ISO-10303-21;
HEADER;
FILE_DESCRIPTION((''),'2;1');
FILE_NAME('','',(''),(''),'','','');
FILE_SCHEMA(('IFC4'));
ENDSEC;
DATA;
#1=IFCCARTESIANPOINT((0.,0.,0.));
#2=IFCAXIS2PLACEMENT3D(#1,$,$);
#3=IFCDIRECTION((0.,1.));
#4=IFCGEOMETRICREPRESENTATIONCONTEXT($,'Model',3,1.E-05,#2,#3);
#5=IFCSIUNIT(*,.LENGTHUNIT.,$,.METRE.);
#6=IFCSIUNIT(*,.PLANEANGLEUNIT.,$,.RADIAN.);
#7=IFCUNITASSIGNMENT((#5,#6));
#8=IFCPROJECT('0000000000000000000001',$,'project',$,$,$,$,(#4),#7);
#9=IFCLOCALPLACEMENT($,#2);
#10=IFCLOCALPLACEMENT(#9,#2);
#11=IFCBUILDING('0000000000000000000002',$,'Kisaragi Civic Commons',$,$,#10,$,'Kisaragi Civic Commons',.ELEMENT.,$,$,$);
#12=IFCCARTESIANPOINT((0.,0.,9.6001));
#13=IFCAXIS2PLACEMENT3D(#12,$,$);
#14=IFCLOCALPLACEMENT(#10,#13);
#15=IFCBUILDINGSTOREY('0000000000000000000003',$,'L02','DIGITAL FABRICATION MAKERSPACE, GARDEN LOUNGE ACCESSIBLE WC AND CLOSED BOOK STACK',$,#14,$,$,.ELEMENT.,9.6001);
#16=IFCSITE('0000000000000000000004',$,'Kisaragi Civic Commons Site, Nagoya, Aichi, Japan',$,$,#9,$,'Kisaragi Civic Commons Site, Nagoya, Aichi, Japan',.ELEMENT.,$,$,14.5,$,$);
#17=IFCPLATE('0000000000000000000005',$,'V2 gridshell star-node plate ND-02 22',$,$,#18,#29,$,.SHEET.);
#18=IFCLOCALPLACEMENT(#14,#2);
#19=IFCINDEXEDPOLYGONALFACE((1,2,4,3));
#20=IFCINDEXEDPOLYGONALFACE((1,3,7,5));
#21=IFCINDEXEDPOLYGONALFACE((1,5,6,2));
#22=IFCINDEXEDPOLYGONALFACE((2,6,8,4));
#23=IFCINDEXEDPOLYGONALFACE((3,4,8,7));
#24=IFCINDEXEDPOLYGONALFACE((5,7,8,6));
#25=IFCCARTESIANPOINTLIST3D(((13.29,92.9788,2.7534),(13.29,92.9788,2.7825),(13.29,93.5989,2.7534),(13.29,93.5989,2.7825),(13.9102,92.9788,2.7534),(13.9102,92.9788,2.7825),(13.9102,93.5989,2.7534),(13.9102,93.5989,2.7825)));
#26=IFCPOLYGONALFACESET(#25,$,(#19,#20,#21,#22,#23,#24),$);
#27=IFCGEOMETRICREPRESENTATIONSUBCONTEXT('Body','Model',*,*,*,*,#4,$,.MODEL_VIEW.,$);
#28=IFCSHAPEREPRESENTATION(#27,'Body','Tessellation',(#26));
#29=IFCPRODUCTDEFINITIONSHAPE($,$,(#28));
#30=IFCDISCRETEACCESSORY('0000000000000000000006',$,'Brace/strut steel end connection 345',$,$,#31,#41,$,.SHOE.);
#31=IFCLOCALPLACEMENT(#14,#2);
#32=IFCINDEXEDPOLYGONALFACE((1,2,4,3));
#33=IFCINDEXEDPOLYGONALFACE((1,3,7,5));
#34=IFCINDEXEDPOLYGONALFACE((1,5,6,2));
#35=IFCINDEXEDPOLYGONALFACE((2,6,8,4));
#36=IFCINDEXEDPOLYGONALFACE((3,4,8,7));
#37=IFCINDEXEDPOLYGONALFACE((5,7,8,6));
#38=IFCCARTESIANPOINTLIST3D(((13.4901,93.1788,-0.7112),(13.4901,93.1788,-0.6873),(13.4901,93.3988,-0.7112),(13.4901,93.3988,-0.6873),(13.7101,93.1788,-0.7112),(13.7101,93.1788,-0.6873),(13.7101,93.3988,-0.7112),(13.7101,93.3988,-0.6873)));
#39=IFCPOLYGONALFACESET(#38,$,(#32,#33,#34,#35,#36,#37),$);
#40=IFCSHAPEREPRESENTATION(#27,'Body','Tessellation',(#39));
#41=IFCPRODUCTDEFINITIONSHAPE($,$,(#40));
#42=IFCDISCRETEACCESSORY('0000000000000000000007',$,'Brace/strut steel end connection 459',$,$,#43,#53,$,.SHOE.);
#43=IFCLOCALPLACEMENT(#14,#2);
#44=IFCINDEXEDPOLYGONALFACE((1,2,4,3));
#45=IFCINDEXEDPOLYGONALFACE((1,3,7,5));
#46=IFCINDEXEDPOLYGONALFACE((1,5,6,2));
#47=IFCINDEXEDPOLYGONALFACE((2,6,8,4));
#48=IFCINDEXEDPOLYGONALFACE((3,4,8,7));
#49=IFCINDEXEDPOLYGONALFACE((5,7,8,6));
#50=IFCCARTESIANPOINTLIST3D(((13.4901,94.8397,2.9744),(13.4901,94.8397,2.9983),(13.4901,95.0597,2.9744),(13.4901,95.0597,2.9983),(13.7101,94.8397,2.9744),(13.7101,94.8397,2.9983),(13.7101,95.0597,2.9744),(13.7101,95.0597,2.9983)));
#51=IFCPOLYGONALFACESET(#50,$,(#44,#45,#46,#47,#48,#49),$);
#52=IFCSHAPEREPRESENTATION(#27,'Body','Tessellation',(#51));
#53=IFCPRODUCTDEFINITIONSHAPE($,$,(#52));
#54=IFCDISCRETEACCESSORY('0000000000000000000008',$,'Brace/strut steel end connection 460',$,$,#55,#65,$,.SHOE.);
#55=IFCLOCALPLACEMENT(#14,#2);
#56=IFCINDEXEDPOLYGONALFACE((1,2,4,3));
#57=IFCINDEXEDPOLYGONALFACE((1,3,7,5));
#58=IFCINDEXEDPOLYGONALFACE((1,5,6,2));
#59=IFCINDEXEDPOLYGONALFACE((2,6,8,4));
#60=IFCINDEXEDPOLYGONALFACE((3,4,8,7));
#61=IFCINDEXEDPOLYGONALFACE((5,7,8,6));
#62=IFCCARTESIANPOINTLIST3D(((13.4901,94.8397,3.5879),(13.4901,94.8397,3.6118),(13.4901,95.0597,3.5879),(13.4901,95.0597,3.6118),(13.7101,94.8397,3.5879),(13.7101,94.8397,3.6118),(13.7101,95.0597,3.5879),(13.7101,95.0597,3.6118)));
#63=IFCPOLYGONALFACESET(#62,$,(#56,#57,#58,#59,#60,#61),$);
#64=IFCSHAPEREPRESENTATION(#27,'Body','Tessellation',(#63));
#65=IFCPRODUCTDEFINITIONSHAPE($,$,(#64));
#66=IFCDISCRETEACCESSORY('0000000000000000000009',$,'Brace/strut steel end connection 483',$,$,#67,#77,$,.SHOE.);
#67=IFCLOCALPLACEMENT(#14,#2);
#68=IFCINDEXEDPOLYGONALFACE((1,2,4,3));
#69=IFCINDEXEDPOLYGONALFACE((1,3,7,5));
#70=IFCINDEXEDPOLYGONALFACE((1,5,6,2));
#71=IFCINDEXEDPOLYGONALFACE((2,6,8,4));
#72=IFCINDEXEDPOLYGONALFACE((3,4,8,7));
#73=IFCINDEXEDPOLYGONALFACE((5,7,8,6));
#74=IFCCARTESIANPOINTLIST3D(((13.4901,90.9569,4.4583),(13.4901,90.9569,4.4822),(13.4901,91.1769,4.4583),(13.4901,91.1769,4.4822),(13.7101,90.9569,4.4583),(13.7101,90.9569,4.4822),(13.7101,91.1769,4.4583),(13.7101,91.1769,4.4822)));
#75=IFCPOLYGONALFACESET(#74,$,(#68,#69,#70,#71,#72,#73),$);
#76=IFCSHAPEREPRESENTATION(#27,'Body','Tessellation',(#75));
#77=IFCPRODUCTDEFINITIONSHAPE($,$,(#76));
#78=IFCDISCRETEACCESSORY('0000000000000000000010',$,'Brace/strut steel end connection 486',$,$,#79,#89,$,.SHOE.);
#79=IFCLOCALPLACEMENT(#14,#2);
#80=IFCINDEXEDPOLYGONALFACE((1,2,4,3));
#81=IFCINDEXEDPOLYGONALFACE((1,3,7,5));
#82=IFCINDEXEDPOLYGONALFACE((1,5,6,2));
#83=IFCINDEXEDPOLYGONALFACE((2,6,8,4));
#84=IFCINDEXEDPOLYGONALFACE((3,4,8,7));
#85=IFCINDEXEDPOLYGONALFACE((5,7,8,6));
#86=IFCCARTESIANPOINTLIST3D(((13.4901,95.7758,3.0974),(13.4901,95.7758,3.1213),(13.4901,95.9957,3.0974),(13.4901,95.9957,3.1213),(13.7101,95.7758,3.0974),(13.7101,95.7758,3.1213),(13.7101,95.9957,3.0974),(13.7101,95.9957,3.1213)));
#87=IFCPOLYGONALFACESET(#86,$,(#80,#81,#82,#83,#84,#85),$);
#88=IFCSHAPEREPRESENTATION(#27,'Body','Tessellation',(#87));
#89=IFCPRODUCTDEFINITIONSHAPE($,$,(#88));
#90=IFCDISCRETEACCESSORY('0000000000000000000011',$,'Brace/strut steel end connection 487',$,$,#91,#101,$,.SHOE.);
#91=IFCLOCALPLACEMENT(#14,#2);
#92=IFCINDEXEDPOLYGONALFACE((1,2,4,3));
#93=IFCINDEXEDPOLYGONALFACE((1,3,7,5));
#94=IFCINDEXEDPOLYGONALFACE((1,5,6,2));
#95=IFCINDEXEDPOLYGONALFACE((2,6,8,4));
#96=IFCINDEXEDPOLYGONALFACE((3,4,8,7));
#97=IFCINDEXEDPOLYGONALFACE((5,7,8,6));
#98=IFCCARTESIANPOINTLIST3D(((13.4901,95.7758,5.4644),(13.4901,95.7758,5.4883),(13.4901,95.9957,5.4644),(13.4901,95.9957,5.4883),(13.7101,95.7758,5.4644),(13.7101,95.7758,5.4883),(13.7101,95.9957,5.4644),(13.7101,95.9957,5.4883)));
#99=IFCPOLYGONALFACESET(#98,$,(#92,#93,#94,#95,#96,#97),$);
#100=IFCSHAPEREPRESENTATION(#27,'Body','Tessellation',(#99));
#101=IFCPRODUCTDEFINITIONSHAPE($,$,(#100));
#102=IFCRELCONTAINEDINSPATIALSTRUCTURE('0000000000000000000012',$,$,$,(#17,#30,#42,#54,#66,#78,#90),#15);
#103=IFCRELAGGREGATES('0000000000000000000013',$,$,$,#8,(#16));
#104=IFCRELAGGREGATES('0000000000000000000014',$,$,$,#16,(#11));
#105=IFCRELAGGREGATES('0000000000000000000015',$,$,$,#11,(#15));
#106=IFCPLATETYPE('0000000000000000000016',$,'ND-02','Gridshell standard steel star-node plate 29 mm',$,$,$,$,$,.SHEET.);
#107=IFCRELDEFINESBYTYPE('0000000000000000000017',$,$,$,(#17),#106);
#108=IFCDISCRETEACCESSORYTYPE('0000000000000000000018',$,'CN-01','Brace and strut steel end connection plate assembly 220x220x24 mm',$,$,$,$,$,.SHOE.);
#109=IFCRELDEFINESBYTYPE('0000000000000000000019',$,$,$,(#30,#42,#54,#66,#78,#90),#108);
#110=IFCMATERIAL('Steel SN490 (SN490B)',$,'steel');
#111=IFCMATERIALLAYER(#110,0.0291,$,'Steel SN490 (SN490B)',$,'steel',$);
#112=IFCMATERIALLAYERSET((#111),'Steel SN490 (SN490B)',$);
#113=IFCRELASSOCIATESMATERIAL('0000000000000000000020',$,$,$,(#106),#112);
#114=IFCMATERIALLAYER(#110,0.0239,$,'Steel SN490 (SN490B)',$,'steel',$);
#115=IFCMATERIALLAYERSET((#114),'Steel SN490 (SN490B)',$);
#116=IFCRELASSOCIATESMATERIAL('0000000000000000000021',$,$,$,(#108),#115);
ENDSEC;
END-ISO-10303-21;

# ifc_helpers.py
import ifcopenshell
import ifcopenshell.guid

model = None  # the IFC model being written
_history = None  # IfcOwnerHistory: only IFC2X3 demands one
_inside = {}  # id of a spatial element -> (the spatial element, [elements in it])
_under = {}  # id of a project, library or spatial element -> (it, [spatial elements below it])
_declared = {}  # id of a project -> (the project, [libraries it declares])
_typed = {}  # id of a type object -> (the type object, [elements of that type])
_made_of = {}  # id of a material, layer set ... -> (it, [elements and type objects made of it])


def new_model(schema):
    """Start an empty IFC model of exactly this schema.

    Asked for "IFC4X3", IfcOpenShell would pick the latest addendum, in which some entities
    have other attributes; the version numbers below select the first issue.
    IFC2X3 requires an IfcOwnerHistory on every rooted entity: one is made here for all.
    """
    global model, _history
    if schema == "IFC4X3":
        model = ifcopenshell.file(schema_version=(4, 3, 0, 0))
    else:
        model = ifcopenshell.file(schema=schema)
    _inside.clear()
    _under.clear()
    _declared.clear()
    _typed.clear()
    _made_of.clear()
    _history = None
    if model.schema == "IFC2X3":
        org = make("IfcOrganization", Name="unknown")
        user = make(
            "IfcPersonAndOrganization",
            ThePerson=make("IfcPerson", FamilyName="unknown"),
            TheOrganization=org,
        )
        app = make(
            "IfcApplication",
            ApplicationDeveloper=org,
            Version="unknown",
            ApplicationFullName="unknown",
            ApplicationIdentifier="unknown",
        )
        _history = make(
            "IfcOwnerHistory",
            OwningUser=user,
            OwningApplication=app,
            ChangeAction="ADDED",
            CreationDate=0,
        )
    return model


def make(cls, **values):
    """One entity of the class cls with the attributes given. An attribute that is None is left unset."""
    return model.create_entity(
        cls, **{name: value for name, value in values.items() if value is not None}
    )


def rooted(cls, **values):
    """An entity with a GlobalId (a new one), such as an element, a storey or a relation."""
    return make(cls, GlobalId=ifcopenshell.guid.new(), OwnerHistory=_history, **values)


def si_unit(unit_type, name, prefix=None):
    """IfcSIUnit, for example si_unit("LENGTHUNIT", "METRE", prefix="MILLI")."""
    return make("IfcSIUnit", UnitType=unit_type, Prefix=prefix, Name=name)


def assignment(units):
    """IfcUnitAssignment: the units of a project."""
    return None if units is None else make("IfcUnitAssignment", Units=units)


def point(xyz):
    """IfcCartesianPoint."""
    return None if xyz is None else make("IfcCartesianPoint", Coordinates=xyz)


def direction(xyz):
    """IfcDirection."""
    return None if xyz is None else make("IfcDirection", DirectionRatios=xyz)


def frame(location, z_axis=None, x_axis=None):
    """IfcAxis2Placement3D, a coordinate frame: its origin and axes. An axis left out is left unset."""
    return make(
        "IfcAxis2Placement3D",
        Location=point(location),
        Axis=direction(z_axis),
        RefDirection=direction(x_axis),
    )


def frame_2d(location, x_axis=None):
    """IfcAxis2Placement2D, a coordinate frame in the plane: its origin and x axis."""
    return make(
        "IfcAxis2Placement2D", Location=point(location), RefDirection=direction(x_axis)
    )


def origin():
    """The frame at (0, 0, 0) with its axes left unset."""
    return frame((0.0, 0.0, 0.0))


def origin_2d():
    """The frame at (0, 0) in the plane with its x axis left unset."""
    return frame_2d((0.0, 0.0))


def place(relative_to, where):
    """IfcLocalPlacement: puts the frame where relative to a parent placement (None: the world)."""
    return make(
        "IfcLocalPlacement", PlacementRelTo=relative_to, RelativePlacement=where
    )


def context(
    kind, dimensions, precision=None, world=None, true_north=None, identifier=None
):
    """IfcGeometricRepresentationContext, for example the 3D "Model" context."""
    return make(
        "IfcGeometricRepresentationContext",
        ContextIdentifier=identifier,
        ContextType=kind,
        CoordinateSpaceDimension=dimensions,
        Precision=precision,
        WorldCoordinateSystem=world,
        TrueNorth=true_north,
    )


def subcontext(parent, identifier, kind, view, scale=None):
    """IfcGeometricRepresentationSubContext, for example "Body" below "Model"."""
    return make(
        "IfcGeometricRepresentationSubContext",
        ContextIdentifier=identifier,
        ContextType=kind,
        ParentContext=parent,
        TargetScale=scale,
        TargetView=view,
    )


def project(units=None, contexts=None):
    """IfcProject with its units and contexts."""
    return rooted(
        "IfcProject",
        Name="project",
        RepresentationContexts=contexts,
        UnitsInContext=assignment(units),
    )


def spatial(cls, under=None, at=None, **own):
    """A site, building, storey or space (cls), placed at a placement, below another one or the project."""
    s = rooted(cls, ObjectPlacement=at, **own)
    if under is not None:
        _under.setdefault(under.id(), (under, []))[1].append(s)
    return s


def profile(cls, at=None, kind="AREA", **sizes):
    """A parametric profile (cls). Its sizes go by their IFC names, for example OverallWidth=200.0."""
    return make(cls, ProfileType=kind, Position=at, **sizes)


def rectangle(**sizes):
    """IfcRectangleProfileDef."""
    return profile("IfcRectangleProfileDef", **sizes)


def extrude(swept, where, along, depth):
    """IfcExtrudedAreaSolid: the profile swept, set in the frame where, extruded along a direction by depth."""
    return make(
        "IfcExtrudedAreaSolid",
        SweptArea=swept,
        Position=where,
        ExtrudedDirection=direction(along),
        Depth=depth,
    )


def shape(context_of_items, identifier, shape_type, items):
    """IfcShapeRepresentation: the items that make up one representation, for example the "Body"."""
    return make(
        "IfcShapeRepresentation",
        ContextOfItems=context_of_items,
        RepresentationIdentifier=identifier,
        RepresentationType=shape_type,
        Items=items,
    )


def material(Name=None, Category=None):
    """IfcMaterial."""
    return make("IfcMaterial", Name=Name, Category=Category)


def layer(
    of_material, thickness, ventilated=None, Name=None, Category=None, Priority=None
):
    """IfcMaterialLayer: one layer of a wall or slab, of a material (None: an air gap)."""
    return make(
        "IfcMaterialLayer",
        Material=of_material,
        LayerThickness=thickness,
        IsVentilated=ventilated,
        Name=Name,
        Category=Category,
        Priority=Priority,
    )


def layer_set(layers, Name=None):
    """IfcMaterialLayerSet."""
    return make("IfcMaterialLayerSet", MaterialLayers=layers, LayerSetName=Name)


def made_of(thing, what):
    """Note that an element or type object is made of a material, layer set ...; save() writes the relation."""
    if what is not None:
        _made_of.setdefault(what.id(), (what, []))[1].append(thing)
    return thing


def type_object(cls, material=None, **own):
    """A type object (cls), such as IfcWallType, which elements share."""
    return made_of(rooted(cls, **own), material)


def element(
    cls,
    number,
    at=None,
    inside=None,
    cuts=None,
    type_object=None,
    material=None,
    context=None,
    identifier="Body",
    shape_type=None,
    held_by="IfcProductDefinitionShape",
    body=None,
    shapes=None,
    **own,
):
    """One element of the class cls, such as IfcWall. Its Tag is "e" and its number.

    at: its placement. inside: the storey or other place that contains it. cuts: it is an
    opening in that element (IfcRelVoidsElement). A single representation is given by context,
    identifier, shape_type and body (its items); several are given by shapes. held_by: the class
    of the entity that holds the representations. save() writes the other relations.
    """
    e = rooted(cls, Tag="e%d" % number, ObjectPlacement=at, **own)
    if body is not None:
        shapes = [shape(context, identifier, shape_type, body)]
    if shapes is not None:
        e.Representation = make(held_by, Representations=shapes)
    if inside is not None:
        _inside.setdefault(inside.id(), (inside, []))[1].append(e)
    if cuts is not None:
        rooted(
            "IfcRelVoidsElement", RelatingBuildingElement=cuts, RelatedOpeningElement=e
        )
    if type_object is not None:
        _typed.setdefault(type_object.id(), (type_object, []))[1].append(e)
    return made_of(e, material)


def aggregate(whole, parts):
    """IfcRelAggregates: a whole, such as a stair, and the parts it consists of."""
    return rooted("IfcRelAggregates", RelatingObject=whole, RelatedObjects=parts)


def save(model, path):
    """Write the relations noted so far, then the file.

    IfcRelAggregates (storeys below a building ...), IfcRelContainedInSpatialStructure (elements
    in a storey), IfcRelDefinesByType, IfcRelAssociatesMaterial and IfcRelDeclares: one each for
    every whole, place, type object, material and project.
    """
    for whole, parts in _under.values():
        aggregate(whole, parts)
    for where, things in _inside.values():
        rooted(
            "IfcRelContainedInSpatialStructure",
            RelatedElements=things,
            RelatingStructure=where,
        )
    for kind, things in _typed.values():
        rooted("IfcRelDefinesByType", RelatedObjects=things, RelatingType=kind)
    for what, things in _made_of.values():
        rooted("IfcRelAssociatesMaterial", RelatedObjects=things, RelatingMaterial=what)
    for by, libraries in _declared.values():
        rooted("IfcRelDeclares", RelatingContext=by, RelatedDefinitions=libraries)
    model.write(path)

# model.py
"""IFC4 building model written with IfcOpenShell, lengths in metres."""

from ifc_helpers import new_model, si_unit, direction, frame, origin, origin_2d, place, context, subcontext, project, spatial, rectangle, extrude, material, layer, layer_set, type_object, element, save


model = new_model("IFC4")

# Units and contexts
model_context = context("Model", 3, precision=1e-05, world=origin(), true_north=direction((0.0, 1.0)))
body_context = subcontext(model_context, "Body", "Model", "MODEL_VIEW")
ifc_project = project(units=[si_unit("LENGTHUNIT", "METRE"), si_unit("PLANEANGLEUNIT", "RADIAN")], contexts=[model_context])

# Site, building, storey
site_placement = place(None, origin())
site = spatial("IfcSite", under=ifc_project, at=site_placement, Name="Kisaragi Civic Commons Site, Nagoya, Aichi, Japan", LongName="Kisaragi Civic Commons Site, Nagoya, Aichi, Japan", CompositionType="ELEMENT", RefElevation=14.5)
building_placement = place(site_placement, origin())
building = spatial("IfcBuilding", under=site, at=building_placement, Name="Kisaragi Civic Commons", LongName="Kisaragi Civic Commons", CompositionType="ELEMENT")
storey_placement = place(building_placement, frame((0.0, 0.0, 9.6001)))
storey = spatial("IfcBuildingStorey", under=building, at=storey_placement, Name="L02", Description="DIGITAL FABRICATION MAKERSPACE, GARDEN LOUNGE ACCESSIBLE WC AND CLOSED BOOK STACK", CompositionType="ELEMENT", Elevation=9.6001)

# Shared definitions
ifc_material_1 = material(Name="Steel SN490 (SN490B)", Category="steel")

# Plate
ifc_layer_1 = layer(ifc_material_1, 0.0291, Name="Steel SN490 (SN490B)", Category="steel")
ifc_layer_set_1 = layer_set([ifc_layer_1], Name="Steel SN490 (SN490B)")
plate_type_1 = type_object("IfcPlateType", Name="ND-02", Description="Gridshell standard steel star-node plate 29 mm", PredefinedType="SHEET", material=ifc_layer_set_1)
plate_1_placement = place(storey_placement, frame((13.6001, 93.2888, 2.7534), z_axis=(0.0, 0.0, 1.0), x_axis=(1.0, 0.0, 0.0)))
element("IfcPlate", 1, at=plate_1_placement, inside=storey, type_object=plate_type_1, Name="V2 gridshell star-node plate ND-02 22", PredefinedType="SHEET", context=body_context, shape_type="SweptSolid", body=[
    extrude(rectangle(XDim=0.6201, YDim=0.6201, at=origin_2d()), origin(), (0.0, 0.0, 1.0), 0.0291),
])

# Discrete accessories
ifc_layer_2 = layer(ifc_material_1, 0.0239, Name="Steel SN490 (SN490B)", Category="steel")
ifc_layer_set_2 = layer_set([ifc_layer_2], Name="Steel SN490 (SN490B)")
discrete_accessory_type = type_object("IfcDiscreteAccessoryType", Name="CN-01", Description="Brace and strut steel end connection plate assembly 220x220x24 mm", PredefinedType="SHOE", material=ifc_layer_set_2)
for number, where, z_axis, x_axis, name in (
    (2, (13.6001, 93.2888, -0.7112), (0.0, 0.0, 1.0), (1.0, 0.0, 0.0), "Brace/strut steel end connection 345"),
    (3, (13.6001, 94.9497, 2.9744), (0.0, 0.0, 1.0), (1.0, 0.0, 0.0), "Brace/strut steel end connection 459"),
    (4, (13.6001, 94.9497, 3.5879), (0.0, 0.0, 1.0), (1.0, 0.0, 0.0), "Brace/strut steel end connection 460"),
    (5, (13.6001, 91.0669, 4.4583), (0.0, 0.0, 1.0), (1.0, 0.0, 0.0), "Brace/strut steel end connection 483"),
    (6, (13.6001, 95.8857, 3.0974), (0.0, 0.0, 1.0), (1.0, 0.0, 0.0), "Brace/strut steel end connection 486"),
    (7, (13.6001, 95.8857, 5.4644), (0.0, 0.0, 1.0), (1.0, 0.0, 0.0), "Brace/strut steel end connection 487"),
):
    element("IfcDiscreteAccessory", number, at=place(storey_placement, frame(where, z_axis=z_axis, x_axis=x_axis)), inside=storey, type_object=discrete_accessory_type, Name=name, PredefinedType="SHOE", context=body_context, shape_type="SweptSolid", body=[
        extrude(rectangle(XDim=0.22, YDim=0.22, at=origin_2d()), origin(), (0.0, 0.0, 1.0), 0.0239),
    ])

save(model, "model.ifc")
